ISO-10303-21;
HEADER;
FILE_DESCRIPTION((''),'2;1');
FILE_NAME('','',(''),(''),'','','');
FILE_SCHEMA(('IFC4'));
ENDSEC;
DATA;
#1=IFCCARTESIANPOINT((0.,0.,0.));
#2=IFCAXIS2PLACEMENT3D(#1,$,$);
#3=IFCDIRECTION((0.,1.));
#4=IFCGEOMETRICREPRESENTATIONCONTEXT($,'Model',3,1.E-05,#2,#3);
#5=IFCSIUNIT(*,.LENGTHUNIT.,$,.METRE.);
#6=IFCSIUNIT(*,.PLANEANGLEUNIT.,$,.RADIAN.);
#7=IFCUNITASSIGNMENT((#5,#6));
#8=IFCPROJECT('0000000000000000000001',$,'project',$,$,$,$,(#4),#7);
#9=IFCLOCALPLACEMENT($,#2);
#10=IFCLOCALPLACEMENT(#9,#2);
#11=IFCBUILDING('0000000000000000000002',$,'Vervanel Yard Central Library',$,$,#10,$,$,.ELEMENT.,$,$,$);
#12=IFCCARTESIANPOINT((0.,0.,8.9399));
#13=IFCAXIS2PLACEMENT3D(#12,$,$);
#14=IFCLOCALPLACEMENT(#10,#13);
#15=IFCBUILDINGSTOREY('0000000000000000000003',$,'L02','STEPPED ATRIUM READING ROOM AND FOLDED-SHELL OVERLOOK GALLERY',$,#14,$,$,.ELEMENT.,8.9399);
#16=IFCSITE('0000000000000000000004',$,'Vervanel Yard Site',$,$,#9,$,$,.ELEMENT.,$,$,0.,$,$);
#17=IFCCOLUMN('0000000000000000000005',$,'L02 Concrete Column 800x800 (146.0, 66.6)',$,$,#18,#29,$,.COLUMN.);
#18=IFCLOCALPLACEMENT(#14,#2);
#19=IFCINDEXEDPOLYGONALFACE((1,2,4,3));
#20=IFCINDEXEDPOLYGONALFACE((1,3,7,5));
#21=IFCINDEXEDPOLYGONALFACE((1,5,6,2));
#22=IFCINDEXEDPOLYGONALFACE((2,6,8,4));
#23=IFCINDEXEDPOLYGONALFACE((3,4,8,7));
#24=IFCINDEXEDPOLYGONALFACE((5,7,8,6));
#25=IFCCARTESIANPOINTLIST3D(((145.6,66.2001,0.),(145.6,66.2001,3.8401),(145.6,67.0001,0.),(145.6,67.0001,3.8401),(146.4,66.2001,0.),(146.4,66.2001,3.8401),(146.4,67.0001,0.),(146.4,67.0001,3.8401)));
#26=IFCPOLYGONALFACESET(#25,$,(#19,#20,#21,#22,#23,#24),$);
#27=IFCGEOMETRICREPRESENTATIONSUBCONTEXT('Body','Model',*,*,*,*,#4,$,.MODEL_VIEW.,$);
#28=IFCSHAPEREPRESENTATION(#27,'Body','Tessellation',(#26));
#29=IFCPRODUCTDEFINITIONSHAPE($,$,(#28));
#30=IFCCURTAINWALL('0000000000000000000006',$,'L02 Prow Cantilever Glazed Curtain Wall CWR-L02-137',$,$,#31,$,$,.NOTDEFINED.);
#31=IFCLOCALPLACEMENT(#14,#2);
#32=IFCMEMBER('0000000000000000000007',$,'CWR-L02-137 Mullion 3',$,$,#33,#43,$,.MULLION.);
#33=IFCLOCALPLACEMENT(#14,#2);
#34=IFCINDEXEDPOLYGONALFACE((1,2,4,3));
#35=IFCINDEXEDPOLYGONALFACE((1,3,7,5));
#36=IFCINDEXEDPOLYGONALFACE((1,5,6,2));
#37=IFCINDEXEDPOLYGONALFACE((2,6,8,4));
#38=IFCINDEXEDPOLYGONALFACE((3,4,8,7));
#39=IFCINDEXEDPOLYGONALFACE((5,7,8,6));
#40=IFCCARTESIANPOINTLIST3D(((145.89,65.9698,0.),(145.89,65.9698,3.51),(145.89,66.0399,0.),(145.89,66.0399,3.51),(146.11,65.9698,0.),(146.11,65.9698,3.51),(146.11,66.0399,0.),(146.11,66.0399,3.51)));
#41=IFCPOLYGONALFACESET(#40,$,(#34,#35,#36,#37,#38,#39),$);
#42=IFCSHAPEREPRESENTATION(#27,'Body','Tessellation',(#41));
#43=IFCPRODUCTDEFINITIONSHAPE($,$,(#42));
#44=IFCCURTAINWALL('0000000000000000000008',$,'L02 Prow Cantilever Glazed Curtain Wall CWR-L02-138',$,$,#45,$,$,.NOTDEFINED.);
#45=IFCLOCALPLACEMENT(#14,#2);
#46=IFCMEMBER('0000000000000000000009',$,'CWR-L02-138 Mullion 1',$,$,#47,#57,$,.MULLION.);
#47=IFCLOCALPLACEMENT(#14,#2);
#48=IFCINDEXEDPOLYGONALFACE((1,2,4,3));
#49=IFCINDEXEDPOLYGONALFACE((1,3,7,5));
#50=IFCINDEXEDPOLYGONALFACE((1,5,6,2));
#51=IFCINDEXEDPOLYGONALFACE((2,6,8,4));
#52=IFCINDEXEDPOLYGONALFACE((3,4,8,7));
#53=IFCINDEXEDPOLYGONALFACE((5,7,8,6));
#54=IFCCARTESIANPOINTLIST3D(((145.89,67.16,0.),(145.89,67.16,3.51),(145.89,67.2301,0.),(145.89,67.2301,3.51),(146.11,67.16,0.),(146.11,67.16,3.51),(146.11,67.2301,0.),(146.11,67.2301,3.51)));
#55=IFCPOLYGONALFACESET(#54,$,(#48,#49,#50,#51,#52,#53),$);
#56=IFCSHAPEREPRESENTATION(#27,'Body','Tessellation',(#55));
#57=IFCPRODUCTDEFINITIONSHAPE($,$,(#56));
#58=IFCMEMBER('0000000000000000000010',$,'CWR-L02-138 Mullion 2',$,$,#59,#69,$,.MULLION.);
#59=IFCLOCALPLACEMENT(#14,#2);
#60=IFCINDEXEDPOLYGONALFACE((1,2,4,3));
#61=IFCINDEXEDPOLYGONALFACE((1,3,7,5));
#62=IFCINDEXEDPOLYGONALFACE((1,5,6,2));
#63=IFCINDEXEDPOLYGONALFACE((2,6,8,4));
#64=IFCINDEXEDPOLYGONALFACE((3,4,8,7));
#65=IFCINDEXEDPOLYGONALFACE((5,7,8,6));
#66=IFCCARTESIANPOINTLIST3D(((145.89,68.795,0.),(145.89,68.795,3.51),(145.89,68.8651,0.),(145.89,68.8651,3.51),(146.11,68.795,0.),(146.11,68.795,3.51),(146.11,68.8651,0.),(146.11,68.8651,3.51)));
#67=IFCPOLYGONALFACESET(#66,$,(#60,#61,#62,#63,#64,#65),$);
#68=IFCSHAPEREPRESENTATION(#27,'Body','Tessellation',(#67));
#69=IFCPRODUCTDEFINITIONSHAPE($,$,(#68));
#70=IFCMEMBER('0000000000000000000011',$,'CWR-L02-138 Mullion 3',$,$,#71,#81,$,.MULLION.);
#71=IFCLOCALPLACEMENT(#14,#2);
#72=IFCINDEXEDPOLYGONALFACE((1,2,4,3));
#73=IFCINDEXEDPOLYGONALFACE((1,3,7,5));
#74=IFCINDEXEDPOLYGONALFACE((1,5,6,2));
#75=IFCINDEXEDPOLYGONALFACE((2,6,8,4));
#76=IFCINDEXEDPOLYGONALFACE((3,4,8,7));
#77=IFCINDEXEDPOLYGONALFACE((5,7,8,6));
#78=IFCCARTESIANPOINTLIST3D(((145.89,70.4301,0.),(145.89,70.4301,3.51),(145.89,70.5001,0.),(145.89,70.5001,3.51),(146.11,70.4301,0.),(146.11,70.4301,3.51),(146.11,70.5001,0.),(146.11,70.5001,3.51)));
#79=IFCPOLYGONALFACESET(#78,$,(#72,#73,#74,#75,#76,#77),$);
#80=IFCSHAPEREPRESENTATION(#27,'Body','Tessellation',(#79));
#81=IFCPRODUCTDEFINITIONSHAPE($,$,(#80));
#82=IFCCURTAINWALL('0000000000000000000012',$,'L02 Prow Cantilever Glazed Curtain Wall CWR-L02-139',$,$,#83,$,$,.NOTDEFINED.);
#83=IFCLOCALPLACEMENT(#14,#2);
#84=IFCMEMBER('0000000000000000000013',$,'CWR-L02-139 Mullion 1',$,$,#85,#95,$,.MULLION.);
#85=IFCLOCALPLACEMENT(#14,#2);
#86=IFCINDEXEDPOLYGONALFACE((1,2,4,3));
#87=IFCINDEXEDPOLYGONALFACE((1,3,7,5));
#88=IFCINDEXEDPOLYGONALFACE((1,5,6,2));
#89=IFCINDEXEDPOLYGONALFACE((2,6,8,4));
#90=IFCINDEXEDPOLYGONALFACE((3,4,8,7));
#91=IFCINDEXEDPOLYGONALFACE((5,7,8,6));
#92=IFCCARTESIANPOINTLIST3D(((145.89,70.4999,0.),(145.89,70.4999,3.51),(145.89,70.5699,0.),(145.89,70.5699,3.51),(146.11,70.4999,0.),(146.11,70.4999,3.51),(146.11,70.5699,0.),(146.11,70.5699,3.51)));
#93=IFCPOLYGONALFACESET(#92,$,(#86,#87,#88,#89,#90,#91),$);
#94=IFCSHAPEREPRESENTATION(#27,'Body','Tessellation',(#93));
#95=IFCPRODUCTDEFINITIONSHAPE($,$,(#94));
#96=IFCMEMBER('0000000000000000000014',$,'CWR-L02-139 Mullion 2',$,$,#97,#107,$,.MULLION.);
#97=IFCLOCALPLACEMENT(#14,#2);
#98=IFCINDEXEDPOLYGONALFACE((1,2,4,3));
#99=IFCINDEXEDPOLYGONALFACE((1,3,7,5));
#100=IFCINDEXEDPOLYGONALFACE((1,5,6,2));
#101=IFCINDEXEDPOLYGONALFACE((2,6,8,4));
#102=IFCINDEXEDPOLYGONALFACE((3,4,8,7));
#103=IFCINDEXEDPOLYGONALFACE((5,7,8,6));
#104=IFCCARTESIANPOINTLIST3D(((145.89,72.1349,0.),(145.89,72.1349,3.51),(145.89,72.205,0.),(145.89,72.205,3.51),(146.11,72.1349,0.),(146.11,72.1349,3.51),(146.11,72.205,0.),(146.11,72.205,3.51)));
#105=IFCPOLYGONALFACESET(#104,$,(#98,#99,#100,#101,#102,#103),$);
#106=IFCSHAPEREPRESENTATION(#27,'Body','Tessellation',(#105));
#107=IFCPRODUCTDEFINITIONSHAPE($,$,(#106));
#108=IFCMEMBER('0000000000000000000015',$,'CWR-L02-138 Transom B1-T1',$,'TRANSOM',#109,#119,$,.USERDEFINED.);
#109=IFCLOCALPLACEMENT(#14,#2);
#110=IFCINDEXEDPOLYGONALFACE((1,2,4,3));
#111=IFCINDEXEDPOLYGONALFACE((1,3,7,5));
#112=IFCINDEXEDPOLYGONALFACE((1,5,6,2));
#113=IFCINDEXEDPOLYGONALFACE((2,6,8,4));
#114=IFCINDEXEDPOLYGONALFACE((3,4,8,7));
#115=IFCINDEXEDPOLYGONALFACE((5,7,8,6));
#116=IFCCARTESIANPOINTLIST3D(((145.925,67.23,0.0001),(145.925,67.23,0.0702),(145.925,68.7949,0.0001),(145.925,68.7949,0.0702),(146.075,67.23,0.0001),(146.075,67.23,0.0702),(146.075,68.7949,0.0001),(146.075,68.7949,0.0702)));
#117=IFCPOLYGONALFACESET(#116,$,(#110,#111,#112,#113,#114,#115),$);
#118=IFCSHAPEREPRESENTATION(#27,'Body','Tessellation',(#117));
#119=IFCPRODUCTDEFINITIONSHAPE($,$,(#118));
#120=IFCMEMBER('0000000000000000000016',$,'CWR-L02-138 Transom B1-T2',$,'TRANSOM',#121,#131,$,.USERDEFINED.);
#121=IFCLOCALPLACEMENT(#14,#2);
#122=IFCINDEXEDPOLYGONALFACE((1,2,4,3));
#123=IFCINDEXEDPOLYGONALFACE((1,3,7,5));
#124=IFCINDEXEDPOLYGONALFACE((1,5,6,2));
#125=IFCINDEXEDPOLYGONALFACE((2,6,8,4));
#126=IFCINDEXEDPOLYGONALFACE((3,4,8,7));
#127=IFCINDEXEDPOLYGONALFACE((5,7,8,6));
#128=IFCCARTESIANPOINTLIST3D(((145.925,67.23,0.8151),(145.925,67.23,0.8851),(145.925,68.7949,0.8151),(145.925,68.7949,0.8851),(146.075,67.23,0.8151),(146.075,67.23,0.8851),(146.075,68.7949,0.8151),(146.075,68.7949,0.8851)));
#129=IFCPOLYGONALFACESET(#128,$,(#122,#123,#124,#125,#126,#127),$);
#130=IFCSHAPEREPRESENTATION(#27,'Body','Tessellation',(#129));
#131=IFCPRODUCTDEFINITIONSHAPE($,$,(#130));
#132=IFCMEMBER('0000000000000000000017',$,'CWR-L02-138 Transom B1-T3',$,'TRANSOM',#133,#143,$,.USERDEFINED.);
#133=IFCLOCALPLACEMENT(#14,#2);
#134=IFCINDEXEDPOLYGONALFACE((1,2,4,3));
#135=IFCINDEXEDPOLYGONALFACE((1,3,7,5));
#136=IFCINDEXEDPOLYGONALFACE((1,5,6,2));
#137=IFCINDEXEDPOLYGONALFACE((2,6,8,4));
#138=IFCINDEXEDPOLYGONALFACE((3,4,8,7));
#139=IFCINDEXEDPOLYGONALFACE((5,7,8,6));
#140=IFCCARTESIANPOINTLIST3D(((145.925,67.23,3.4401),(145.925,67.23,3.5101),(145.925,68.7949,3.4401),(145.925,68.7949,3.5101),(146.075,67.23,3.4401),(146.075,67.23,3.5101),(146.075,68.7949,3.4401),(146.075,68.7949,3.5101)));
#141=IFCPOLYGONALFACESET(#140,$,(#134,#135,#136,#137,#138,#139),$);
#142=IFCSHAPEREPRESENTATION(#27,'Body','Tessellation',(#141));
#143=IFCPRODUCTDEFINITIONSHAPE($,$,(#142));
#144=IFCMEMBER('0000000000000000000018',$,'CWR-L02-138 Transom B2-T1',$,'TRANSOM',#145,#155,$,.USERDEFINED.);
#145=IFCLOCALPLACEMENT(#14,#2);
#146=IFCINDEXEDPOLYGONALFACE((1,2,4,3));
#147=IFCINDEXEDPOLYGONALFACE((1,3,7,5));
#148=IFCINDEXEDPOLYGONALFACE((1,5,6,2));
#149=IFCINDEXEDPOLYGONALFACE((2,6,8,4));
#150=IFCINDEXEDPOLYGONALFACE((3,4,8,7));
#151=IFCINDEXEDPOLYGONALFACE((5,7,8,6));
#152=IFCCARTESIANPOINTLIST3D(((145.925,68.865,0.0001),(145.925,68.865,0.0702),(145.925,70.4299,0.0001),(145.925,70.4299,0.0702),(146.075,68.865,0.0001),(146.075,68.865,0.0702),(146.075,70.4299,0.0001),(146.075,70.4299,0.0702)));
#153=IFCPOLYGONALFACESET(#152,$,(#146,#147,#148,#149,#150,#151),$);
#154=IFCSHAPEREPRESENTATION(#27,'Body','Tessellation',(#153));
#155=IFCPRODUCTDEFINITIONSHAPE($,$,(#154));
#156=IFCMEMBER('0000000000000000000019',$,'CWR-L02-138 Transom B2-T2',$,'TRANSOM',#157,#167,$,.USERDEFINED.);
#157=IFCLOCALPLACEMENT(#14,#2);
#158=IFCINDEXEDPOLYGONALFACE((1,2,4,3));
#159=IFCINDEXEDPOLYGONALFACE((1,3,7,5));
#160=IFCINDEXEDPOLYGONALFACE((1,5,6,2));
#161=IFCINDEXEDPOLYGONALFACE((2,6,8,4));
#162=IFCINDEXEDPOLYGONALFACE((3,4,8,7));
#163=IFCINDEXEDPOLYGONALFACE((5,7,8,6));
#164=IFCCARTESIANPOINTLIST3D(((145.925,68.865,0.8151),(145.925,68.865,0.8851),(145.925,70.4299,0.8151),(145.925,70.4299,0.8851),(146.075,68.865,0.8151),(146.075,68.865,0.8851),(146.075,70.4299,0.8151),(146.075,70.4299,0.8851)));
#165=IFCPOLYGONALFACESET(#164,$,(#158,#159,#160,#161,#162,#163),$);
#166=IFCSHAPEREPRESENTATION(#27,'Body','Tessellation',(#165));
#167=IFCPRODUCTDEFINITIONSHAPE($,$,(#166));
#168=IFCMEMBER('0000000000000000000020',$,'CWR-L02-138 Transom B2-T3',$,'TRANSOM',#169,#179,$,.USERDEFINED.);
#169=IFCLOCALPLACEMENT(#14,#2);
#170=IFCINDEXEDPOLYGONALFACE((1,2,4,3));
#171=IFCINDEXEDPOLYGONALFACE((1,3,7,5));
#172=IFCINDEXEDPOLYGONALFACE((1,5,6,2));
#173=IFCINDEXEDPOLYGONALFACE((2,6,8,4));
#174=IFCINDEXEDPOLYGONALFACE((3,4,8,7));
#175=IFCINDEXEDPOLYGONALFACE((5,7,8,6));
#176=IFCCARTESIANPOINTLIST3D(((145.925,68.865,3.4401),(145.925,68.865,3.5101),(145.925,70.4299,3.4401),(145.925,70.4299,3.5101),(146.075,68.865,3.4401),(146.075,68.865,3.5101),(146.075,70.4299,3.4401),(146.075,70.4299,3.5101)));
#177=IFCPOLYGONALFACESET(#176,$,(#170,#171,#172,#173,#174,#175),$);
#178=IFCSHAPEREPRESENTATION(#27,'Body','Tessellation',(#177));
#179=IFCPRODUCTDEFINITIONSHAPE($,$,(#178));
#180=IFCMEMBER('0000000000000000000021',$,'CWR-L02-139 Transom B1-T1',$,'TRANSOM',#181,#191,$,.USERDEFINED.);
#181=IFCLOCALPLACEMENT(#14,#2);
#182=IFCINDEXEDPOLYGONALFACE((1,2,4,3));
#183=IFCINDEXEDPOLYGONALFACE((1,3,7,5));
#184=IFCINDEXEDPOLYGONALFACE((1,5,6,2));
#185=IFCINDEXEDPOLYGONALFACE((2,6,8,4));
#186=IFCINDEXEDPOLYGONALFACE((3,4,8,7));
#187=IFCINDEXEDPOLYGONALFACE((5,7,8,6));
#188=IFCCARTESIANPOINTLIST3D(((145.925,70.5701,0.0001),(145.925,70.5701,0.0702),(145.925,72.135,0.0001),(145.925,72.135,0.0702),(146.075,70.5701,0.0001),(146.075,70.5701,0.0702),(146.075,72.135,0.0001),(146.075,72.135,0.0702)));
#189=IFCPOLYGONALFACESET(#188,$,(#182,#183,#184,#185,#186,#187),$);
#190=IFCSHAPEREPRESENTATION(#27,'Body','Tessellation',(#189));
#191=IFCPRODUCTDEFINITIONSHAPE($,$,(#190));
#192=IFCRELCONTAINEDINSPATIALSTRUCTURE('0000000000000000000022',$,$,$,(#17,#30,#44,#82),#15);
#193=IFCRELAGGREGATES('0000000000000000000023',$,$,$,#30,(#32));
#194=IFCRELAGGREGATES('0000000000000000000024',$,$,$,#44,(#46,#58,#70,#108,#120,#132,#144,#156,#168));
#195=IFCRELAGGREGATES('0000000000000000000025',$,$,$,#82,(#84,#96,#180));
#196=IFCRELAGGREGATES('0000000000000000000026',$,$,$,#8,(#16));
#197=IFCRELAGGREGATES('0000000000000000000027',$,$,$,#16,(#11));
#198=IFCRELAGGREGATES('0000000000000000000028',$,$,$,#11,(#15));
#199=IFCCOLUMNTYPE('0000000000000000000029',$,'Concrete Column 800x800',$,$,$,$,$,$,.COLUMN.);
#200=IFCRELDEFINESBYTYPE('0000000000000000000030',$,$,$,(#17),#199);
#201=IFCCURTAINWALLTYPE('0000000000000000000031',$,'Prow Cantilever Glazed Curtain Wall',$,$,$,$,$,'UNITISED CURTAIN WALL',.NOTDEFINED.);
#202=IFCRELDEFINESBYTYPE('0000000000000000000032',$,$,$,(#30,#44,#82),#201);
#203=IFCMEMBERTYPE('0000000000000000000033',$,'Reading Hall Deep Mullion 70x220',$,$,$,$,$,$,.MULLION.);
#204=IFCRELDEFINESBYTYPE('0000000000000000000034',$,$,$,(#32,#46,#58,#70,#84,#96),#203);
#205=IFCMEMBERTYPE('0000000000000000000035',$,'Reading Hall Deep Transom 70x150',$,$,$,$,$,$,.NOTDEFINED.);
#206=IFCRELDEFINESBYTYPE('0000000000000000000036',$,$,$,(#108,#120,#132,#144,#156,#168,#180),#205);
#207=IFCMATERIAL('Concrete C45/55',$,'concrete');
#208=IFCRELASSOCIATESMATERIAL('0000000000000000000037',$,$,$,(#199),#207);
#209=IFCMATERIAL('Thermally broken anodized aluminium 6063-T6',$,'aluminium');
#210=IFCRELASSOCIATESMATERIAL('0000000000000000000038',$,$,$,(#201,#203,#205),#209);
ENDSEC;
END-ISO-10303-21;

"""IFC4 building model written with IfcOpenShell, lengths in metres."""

from ifc_helpers import new_model, si_unit, direction, frame, origin, origin_2d, place, context, subcontext, project, spatial, rectangle, extrude, material, material_profile, profile_set, type_object, element, aggregate, save


model = new_model("IFC4")

# Units and contexts
model_context = context("Model", 3, precision=1e-05, world=origin(), true_north=direction((0.0, 1.0)))
body_context = subcontext(model_context, "Body", "Model", "MODEL_VIEW")
ifc_project = project(units=[si_unit("LENGTHUNIT", "METRE"), si_unit("PLANEANGLEUNIT", "RADIAN")], contexts=[model_context])

# Site, building, storey
site_placement = place(None, origin())
site = spatial("IfcSite", under=ifc_project, at=site_placement, Name="Vervanel Yard Site", CompositionType="ELEMENT", RefElevation=0.0)
building_placement = place(site_placement, origin())
building = spatial("IfcBuilding", under=site, at=building_placement, Name="Vervanel Yard Central Library", CompositionType="ELEMENT")
storey_placement = place(building_placement, frame((0.0, 0.0, 8.9399)))
storey = spatial("IfcBuildingStorey", under=building, at=storey_placement, Name="L02", Description="STEPPED ATRIUM READING ROOM AND FOLDED-SHELL OVERLOOK GALLERY", CompositionType="ELEMENT", Elevation=8.9399)

# Column
ifc_material_1 = material(Name="Concrete C45/55", Category="concrete")
ifc_material_profile_1 = material_profile(ifc_material_1, rectangle(XDim=0.8, YDim=0.8, at=origin_2d()), Name="RC 800x800", Category="concrete")
ifc_profile_set_1 = profile_set([ifc_material_profile_1], Name="Concrete C45/55")
column_type = type_object("IfcColumnType", Name="Concrete Column 800x800", PredefinedType="COLUMN", material=ifc_profile_set_1)
column_placement = place(storey_placement, frame((146.0, 66.6001, 0.0), z_axis=(0.0, 0.0, 1.0), x_axis=(1.0, 0.0, 0.0)))
element("IfcColumn", 1, at=column_placement, inside=storey, type_object=column_type, Name="L02 Concrete Column 800x800 (146.0, 66.6)", PredefinedType="COLUMN", context=body_context, shape_type="SweptSolid", body=[
    extrude(rectangle(XDim=0.8, YDim=0.8, at=origin_2d()), origin(), (0.0, 0.0, 1.0), 3.8401),
])

# Curtain wall, member
ifc_material_2 = material(Name="Thermally broken anodized aluminium 6063-T6", Category="aluminium")
curtain_wall_type = type_object("IfcCurtainWallType", Name="Prow Cantilever Glazed Curtain Wall", ElementType="UNITISED CURTAIN WALL", PredefinedType="NOTDEFINED", material=ifc_material_2)
curtain_wall_1_placement = place(storey_placement, origin())
curtain_wall_1 = element("IfcCurtainWall", 2, at=curtain_wall_1_placement, inside=storey, type_object=curtain_wall_type, Name="L02 Prow Cantilever Glazed Curtain Wall CWR-L02-137", PredefinedType="NOTDEFINED")
ifc_material_profile_2 = material_profile(ifc_material_2, rectangle(XDim=0.0701, YDim=0.22, at=origin_2d()), Name="ALU 70x220", Category="aluminium")
ifc_profile_set_2 = profile_set([ifc_material_profile_2], Name="Thermally broken anodized aluminium 6063-T6")
member_type_1 = type_object("IfcMemberType", Name="Reading Hall Deep Mullion 70x220", PredefinedType="MULLION", material=ifc_profile_set_2)
member_1_placement = place(storey_placement, frame((146.0, 66.0049, 0.0), z_axis=(0.0, 0.0, 1.0), x_axis=(0.0, 1.0, 0.0)))
member_1 = element("IfcMember", 3, at=member_1_placement, type_object=member_type_1, Name="CWR-L02-137 Mullion 3", PredefinedType="MULLION", context=body_context, shape_type="SweptSolid", body=[
    extrude(rectangle(XDim=0.0701, YDim=0.22, at=origin_2d()), origin(), (0.0, 0.0, 1.0), 3.51),
])

# Curtain walls, members
curtain_wall_2_placement = place(storey_placement, origin())
curtain_wall_2 = element("IfcCurtainWall", 4, at=curtain_wall_2_placement, inside=storey, type_object=curtain_wall_type, Name="L02 Prow Cantilever Glazed Curtain Wall CWR-L02-138", PredefinedType="NOTDEFINED")
member_2_placement = place(storey_placement, frame((146.0, 67.1951, 0.0), z_axis=(0.0, 0.0, 1.0), x_axis=(0.0, 1.0, 0.0)))
member_2 = element("IfcMember", 5, at=member_2_placement, type_object=member_type_1, Name="CWR-L02-138 Mullion 1", PredefinedType="MULLION", context=body_context, shape_type="SweptSolid", body=[
    extrude(rectangle(XDim=0.0701, YDim=0.22, at=origin_2d()), origin(), (0.0, 0.0, 1.0), 3.51),
])
member_3_placement = place(storey_placement, frame((146.0, 68.8301, 0.0), z_axis=(0.0, 0.0, 1.0), x_axis=(0.0, 1.0, 0.0)))
member_3 = element("IfcMember", 6, at=member_3_placement, type_object=member_type_1, Name="CWR-L02-138 Mullion 2", PredefinedType="MULLION", context=body_context, shape_type="SweptSolid", body=[
    extrude(rectangle(XDim=0.0701, YDim=0.22, at=origin_2d()), origin(), (0.0, 0.0, 1.0), 3.51),
])
member_4_placement = place(storey_placement, frame((146.0, 70.4651, 0.0), z_axis=(0.0, 0.0, 1.0), x_axis=(0.0, 1.0, 0.0)))
member_4 = element("IfcMember", 7, at=member_4_placement, type_object=member_type_1, Name="CWR-L02-138 Mullion 3", PredefinedType="MULLION", context=body_context, shape_type="SweptSolid", body=[
    extrude(rectangle(XDim=0.0701, YDim=0.22, at=origin_2d()), origin(), (0.0, 0.0, 1.0), 3.51),
])
curtain_wall_3_placement = place(storey_placement, origin())
curtain_wall_3 = element("IfcCurtainWall", 8, at=curtain_wall_3_placement, inside=storey, type_object=curtain_wall_type, Name="L02 Prow Cantilever Glazed Curtain Wall CWR-L02-139", PredefinedType="NOTDEFINED")
member_5_placement = place(storey_placement, frame((146.0, 70.5349, 0.0), z_axis=(0.0, 0.0, 1.0), x_axis=(0.0, 1.0, 0.0)))
member_5 = element("IfcMember", 9, at=member_5_placement, type_object=member_type_1, Name="CWR-L02-139 Mullion 1", PredefinedType="MULLION", context=body_context, shape_type="SweptSolid", body=[
    extrude(rectangle(XDim=0.0701, YDim=0.22, at=origin_2d()), origin(), (0.0, 0.0, 1.0), 3.51),
])
member_6_placement = place(storey_placement, frame((146.0, 72.1699, 0.0), z_axis=(0.0, 0.0, 1.0), x_axis=(0.0, 1.0, 0.0)))
member_6 = element("IfcMember", 10, at=member_6_placement, type_object=member_type_1, Name="CWR-L02-139 Mullion 2", PredefinedType="MULLION", context=body_context, shape_type="SweptSolid", body=[
    extrude(rectangle(XDim=0.0701, YDim=0.22, at=origin_2d()), origin(), (0.0, 0.0, 1.0), 3.51),
])

# Members
ifc_material_profile_3 = material_profile(ifc_material_2, rectangle(XDim=0.0701, YDim=0.1499, at=origin_2d()), Name="ALU 70x150", Category="aluminium")
ifc_profile_set_3 = profile_set([ifc_material_profile_3], Name="Thermally broken anodized aluminium 6063-T6")
member_type_2 = type_object("IfcMemberType", Name="Reading Hall Deep Transom 70x150", PredefinedType="NOTDEFINED", material=ifc_profile_set_3)
member_7_placement = place(storey_placement, frame((146.0, 67.23, 0.0352), z_axis=(0.0, 1.0, 0.0), x_axis=(0.0, 0.0, 1.0)))
member_7 = element("IfcMember", 11, at=member_7_placement, type_object=member_type_2, Name="CWR-L02-138 Transom B1-T1", ObjectType="TRANSOM", PredefinedType="USERDEFINED", context=body_context, shape_type="SweptSolid", body=[
    extrude(rectangle(XDim=0.0701, YDim=0.1499, at=origin_2d()), origin(), (0.0, 0.0, 1.0), 1.5649),
])
member_8_placement = place(storey_placement, frame((146.0, 67.23, 0.8501), z_axis=(0.0, 1.0, 0.0), x_axis=(0.0, 0.0, 1.0)))
member_8 = element("IfcMember", 12, at=member_8_placement, type_object=member_type_2, Name="CWR-L02-138 Transom B1-T2", ObjectType="TRANSOM", PredefinedType="USERDEFINED", context=body_context, shape_type="SweptSolid", body=[
    extrude(rectangle(XDim=0.0701, YDim=0.1499, at=origin_2d()), origin(), (0.0, 0.0, 1.0), 1.5649),
])
member_9_placement = place(storey_placement, frame((146.0, 67.23, 3.4751), z_axis=(0.0, 1.0, 0.0), x_axis=(0.0, 0.0, 1.0)))
member_9 = element("IfcMember", 13, at=member_9_placement, type_object=member_type_2, Name="CWR-L02-138 Transom B1-T3", ObjectType="TRANSOM", PredefinedType="USERDEFINED", context=body_context, shape_type="SweptSolid", body=[
    extrude(rectangle(XDim=0.0701, YDim=0.1499, at=origin_2d()), origin(), (0.0, 0.0, 1.0), 1.5649),
])
member_10_placement = place(storey_placement, frame((146.0, 68.865, 0.0352), z_axis=(0.0, 1.0, 0.0), x_axis=(0.0, 0.0, 1.0)))
member_10 = element("IfcMember", 14, at=member_10_placement, type_object=member_type_2, Name="CWR-L02-138 Transom B2-T1", ObjectType="TRANSOM", PredefinedType="USERDEFINED", context=body_context, shape_type="SweptSolid", body=[
    extrude(rectangle(XDim=0.0701, YDim=0.1499, at=origin_2d()), origin(), (0.0, 0.0, 1.0), 1.5649),
])
member_11_placement = place(storey_placement, frame((146.0, 68.865, 0.8501), z_axis=(0.0, 1.0, 0.0), x_axis=(0.0, 0.0, 1.0)))
member_11 = element("IfcMember", 15, at=member_11_placement, type_object=member_type_2, Name="CWR-L02-138 Transom B2-T2", ObjectType="TRANSOM", PredefinedType="USERDEFINED", context=body_context, shape_type="SweptSolid", body=[
    extrude(rectangle(XDim=0.0701, YDim=0.1499, at=origin_2d()), origin(), (0.0, 0.0, 1.0), 1.5649),
])
member_12_placement = place(storey_placement, frame((146.0, 68.865, 3.4751), z_axis=(0.0, 1.0, 0.0), x_axis=(0.0, 0.0, 1.0)))
member_12 = element("IfcMember", 16, at=member_12_placement, type_object=member_type_2, Name="CWR-L02-138 Transom B2-T3", ObjectType="TRANSOM", PredefinedType="USERDEFINED", context=body_context, shape_type="SweptSolid", body=[
    extrude(rectangle(XDim=0.0701, YDim=0.1499, at=origin_2d()), origin(), (0.0, 0.0, 1.0), 1.5649),
])
member_13_placement = place(storey_placement, frame((146.0, 70.5701, 0.0352), z_axis=(0.0, 1.0, 0.0), x_axis=(0.0, 0.0, 1.0)))
member_13 = element("IfcMember", 17, at=member_13_placement, type_object=member_type_2, Name="CWR-L02-139 Transom B1-T1", ObjectType="TRANSOM", PredefinedType="USERDEFINED", context=body_context, shape_type="SweptSolid", body=[
    extrude(rectangle(XDim=0.0701, YDim=0.1499, at=origin_2d()), origin(), (0.0, 0.0, 1.0), 1.5649),
])

aggregate(curtain_wall_1, [member_1])
aggregate(curtain_wall_2, [member_2, member_3, member_4, member_7, member_8, member_9, member_10, member_11, member_12])
aggregate(curtain_wall_3, [member_5, member_6, member_13])

save(model, "model.ifc")
